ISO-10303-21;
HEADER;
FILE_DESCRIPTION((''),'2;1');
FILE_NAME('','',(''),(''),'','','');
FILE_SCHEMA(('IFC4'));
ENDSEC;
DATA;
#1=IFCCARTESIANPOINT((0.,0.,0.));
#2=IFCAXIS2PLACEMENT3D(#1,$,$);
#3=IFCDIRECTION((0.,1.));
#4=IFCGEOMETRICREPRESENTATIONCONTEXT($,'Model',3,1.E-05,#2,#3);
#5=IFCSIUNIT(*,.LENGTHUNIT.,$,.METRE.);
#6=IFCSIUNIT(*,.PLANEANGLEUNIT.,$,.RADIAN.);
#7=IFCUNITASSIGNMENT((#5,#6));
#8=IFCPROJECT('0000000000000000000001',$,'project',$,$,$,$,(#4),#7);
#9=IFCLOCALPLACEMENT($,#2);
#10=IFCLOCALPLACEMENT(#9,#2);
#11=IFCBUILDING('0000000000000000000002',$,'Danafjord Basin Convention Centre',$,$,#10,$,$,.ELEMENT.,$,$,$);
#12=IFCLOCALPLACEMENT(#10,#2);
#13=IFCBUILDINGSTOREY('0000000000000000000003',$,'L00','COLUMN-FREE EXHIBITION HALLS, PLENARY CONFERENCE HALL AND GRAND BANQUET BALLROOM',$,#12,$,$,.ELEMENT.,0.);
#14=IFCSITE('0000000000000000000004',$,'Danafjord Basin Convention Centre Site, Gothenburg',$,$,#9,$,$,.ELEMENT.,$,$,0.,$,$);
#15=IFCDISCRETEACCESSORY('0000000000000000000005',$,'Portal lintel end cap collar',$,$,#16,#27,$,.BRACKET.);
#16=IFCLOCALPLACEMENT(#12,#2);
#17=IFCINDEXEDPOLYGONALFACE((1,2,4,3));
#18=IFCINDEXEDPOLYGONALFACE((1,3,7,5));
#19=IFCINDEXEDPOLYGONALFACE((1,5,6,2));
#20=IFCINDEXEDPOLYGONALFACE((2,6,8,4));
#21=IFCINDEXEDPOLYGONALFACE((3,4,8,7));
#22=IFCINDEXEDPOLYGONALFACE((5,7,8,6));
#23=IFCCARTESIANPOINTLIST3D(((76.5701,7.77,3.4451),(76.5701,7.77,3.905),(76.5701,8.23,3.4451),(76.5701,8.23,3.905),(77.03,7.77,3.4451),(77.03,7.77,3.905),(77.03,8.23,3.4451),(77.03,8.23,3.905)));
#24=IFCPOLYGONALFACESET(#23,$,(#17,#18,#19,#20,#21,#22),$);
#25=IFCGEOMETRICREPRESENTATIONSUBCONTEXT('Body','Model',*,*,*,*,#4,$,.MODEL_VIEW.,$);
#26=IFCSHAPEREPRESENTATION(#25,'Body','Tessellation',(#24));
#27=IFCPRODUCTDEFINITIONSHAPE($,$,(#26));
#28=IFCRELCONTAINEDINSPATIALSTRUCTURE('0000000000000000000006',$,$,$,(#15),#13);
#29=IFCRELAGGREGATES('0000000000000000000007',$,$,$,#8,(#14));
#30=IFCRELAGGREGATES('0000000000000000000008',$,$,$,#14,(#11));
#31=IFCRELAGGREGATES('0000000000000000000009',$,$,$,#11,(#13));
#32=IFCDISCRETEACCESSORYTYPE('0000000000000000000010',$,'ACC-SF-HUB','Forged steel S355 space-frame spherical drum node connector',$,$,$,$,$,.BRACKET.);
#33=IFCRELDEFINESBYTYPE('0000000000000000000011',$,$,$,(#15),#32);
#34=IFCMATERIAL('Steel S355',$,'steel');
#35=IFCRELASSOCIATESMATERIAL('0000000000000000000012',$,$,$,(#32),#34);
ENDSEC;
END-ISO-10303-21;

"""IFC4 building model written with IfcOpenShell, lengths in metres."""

from ifc_helpers import new_model, si_unit, direction, frame, origin, origin_2d, place, context, subcontext, project, spatial, rectangle, extrude, material, type_object, element, save


model = new_model("IFC4")

# Units and contexts
model_context = context("Model", 3, precision=1e-05, world=origin(), true_north=direction((0.0, 1.0)))
body_context = subcontext(model_context, "Body", "Model", "MODEL_VIEW")
ifc_project = project(units=[si_unit("LENGTHUNIT", "METRE"), si_unit("PLANEANGLEUNIT", "RADIAN")], contexts=[model_context])

# Site, building, storey
site_placement = place(None, origin())
site = spatial("IfcSite", under=ifc_project, at=site_placement, Name="Danafjord Basin Convention Centre Site, Gothenburg", CompositionType="ELEMENT", RefElevation=0.0)
building_placement = place(site_placement, origin())
building = spatial("IfcBuilding", under=site, at=building_placement, Name="Danafjord Basin Convention Centre", CompositionType="ELEMENT")
storey_placement = place(building_placement, origin())
storey = spatial("IfcBuildingStorey", under=building, at=storey_placement, Name="L00", Description="COLUMN-FREE EXHIBITION HALLS, PLENARY CONFERENCE HALL AND GRAND BANQUET BALLROOM", CompositionType="ELEMENT", Elevation=0.0)

# Shared definitions
ifc_material_1 = material(Name="Steel S355", Category="steel")

# Discrete accessory
discrete_accessory_type_1 = type_object("IfcDiscreteAccessoryType", Name="ACC-SF-HUB", Description="Forged steel S355 space-frame spherical drum node connector", PredefinedType="BRACKET", material=ifc_material_1)
discrete_accessory_1_placement = place(storey_placement, frame((76.8, 8.0, 3.4451), z_axis=(0.0, 0.0, 1.0), x_axis=(1.0, 0.0, 0.0)))
element("IfcDiscreteAccessory", 1, at=discrete_accessory_1_placement, inside=storey, type_object=discrete_accessory_type_1, Name="Portal lintel end cap collar", PredefinedType="BRACKET", context=body_context, shape_type="SweptSolid", body=[
    extrude(rectangle(XDim=0.46, YDim=0.46, at=origin_2d()), origin(), (0.0, 0.0, 1.0), 0.46),
])

save(model, "model.ifc")
